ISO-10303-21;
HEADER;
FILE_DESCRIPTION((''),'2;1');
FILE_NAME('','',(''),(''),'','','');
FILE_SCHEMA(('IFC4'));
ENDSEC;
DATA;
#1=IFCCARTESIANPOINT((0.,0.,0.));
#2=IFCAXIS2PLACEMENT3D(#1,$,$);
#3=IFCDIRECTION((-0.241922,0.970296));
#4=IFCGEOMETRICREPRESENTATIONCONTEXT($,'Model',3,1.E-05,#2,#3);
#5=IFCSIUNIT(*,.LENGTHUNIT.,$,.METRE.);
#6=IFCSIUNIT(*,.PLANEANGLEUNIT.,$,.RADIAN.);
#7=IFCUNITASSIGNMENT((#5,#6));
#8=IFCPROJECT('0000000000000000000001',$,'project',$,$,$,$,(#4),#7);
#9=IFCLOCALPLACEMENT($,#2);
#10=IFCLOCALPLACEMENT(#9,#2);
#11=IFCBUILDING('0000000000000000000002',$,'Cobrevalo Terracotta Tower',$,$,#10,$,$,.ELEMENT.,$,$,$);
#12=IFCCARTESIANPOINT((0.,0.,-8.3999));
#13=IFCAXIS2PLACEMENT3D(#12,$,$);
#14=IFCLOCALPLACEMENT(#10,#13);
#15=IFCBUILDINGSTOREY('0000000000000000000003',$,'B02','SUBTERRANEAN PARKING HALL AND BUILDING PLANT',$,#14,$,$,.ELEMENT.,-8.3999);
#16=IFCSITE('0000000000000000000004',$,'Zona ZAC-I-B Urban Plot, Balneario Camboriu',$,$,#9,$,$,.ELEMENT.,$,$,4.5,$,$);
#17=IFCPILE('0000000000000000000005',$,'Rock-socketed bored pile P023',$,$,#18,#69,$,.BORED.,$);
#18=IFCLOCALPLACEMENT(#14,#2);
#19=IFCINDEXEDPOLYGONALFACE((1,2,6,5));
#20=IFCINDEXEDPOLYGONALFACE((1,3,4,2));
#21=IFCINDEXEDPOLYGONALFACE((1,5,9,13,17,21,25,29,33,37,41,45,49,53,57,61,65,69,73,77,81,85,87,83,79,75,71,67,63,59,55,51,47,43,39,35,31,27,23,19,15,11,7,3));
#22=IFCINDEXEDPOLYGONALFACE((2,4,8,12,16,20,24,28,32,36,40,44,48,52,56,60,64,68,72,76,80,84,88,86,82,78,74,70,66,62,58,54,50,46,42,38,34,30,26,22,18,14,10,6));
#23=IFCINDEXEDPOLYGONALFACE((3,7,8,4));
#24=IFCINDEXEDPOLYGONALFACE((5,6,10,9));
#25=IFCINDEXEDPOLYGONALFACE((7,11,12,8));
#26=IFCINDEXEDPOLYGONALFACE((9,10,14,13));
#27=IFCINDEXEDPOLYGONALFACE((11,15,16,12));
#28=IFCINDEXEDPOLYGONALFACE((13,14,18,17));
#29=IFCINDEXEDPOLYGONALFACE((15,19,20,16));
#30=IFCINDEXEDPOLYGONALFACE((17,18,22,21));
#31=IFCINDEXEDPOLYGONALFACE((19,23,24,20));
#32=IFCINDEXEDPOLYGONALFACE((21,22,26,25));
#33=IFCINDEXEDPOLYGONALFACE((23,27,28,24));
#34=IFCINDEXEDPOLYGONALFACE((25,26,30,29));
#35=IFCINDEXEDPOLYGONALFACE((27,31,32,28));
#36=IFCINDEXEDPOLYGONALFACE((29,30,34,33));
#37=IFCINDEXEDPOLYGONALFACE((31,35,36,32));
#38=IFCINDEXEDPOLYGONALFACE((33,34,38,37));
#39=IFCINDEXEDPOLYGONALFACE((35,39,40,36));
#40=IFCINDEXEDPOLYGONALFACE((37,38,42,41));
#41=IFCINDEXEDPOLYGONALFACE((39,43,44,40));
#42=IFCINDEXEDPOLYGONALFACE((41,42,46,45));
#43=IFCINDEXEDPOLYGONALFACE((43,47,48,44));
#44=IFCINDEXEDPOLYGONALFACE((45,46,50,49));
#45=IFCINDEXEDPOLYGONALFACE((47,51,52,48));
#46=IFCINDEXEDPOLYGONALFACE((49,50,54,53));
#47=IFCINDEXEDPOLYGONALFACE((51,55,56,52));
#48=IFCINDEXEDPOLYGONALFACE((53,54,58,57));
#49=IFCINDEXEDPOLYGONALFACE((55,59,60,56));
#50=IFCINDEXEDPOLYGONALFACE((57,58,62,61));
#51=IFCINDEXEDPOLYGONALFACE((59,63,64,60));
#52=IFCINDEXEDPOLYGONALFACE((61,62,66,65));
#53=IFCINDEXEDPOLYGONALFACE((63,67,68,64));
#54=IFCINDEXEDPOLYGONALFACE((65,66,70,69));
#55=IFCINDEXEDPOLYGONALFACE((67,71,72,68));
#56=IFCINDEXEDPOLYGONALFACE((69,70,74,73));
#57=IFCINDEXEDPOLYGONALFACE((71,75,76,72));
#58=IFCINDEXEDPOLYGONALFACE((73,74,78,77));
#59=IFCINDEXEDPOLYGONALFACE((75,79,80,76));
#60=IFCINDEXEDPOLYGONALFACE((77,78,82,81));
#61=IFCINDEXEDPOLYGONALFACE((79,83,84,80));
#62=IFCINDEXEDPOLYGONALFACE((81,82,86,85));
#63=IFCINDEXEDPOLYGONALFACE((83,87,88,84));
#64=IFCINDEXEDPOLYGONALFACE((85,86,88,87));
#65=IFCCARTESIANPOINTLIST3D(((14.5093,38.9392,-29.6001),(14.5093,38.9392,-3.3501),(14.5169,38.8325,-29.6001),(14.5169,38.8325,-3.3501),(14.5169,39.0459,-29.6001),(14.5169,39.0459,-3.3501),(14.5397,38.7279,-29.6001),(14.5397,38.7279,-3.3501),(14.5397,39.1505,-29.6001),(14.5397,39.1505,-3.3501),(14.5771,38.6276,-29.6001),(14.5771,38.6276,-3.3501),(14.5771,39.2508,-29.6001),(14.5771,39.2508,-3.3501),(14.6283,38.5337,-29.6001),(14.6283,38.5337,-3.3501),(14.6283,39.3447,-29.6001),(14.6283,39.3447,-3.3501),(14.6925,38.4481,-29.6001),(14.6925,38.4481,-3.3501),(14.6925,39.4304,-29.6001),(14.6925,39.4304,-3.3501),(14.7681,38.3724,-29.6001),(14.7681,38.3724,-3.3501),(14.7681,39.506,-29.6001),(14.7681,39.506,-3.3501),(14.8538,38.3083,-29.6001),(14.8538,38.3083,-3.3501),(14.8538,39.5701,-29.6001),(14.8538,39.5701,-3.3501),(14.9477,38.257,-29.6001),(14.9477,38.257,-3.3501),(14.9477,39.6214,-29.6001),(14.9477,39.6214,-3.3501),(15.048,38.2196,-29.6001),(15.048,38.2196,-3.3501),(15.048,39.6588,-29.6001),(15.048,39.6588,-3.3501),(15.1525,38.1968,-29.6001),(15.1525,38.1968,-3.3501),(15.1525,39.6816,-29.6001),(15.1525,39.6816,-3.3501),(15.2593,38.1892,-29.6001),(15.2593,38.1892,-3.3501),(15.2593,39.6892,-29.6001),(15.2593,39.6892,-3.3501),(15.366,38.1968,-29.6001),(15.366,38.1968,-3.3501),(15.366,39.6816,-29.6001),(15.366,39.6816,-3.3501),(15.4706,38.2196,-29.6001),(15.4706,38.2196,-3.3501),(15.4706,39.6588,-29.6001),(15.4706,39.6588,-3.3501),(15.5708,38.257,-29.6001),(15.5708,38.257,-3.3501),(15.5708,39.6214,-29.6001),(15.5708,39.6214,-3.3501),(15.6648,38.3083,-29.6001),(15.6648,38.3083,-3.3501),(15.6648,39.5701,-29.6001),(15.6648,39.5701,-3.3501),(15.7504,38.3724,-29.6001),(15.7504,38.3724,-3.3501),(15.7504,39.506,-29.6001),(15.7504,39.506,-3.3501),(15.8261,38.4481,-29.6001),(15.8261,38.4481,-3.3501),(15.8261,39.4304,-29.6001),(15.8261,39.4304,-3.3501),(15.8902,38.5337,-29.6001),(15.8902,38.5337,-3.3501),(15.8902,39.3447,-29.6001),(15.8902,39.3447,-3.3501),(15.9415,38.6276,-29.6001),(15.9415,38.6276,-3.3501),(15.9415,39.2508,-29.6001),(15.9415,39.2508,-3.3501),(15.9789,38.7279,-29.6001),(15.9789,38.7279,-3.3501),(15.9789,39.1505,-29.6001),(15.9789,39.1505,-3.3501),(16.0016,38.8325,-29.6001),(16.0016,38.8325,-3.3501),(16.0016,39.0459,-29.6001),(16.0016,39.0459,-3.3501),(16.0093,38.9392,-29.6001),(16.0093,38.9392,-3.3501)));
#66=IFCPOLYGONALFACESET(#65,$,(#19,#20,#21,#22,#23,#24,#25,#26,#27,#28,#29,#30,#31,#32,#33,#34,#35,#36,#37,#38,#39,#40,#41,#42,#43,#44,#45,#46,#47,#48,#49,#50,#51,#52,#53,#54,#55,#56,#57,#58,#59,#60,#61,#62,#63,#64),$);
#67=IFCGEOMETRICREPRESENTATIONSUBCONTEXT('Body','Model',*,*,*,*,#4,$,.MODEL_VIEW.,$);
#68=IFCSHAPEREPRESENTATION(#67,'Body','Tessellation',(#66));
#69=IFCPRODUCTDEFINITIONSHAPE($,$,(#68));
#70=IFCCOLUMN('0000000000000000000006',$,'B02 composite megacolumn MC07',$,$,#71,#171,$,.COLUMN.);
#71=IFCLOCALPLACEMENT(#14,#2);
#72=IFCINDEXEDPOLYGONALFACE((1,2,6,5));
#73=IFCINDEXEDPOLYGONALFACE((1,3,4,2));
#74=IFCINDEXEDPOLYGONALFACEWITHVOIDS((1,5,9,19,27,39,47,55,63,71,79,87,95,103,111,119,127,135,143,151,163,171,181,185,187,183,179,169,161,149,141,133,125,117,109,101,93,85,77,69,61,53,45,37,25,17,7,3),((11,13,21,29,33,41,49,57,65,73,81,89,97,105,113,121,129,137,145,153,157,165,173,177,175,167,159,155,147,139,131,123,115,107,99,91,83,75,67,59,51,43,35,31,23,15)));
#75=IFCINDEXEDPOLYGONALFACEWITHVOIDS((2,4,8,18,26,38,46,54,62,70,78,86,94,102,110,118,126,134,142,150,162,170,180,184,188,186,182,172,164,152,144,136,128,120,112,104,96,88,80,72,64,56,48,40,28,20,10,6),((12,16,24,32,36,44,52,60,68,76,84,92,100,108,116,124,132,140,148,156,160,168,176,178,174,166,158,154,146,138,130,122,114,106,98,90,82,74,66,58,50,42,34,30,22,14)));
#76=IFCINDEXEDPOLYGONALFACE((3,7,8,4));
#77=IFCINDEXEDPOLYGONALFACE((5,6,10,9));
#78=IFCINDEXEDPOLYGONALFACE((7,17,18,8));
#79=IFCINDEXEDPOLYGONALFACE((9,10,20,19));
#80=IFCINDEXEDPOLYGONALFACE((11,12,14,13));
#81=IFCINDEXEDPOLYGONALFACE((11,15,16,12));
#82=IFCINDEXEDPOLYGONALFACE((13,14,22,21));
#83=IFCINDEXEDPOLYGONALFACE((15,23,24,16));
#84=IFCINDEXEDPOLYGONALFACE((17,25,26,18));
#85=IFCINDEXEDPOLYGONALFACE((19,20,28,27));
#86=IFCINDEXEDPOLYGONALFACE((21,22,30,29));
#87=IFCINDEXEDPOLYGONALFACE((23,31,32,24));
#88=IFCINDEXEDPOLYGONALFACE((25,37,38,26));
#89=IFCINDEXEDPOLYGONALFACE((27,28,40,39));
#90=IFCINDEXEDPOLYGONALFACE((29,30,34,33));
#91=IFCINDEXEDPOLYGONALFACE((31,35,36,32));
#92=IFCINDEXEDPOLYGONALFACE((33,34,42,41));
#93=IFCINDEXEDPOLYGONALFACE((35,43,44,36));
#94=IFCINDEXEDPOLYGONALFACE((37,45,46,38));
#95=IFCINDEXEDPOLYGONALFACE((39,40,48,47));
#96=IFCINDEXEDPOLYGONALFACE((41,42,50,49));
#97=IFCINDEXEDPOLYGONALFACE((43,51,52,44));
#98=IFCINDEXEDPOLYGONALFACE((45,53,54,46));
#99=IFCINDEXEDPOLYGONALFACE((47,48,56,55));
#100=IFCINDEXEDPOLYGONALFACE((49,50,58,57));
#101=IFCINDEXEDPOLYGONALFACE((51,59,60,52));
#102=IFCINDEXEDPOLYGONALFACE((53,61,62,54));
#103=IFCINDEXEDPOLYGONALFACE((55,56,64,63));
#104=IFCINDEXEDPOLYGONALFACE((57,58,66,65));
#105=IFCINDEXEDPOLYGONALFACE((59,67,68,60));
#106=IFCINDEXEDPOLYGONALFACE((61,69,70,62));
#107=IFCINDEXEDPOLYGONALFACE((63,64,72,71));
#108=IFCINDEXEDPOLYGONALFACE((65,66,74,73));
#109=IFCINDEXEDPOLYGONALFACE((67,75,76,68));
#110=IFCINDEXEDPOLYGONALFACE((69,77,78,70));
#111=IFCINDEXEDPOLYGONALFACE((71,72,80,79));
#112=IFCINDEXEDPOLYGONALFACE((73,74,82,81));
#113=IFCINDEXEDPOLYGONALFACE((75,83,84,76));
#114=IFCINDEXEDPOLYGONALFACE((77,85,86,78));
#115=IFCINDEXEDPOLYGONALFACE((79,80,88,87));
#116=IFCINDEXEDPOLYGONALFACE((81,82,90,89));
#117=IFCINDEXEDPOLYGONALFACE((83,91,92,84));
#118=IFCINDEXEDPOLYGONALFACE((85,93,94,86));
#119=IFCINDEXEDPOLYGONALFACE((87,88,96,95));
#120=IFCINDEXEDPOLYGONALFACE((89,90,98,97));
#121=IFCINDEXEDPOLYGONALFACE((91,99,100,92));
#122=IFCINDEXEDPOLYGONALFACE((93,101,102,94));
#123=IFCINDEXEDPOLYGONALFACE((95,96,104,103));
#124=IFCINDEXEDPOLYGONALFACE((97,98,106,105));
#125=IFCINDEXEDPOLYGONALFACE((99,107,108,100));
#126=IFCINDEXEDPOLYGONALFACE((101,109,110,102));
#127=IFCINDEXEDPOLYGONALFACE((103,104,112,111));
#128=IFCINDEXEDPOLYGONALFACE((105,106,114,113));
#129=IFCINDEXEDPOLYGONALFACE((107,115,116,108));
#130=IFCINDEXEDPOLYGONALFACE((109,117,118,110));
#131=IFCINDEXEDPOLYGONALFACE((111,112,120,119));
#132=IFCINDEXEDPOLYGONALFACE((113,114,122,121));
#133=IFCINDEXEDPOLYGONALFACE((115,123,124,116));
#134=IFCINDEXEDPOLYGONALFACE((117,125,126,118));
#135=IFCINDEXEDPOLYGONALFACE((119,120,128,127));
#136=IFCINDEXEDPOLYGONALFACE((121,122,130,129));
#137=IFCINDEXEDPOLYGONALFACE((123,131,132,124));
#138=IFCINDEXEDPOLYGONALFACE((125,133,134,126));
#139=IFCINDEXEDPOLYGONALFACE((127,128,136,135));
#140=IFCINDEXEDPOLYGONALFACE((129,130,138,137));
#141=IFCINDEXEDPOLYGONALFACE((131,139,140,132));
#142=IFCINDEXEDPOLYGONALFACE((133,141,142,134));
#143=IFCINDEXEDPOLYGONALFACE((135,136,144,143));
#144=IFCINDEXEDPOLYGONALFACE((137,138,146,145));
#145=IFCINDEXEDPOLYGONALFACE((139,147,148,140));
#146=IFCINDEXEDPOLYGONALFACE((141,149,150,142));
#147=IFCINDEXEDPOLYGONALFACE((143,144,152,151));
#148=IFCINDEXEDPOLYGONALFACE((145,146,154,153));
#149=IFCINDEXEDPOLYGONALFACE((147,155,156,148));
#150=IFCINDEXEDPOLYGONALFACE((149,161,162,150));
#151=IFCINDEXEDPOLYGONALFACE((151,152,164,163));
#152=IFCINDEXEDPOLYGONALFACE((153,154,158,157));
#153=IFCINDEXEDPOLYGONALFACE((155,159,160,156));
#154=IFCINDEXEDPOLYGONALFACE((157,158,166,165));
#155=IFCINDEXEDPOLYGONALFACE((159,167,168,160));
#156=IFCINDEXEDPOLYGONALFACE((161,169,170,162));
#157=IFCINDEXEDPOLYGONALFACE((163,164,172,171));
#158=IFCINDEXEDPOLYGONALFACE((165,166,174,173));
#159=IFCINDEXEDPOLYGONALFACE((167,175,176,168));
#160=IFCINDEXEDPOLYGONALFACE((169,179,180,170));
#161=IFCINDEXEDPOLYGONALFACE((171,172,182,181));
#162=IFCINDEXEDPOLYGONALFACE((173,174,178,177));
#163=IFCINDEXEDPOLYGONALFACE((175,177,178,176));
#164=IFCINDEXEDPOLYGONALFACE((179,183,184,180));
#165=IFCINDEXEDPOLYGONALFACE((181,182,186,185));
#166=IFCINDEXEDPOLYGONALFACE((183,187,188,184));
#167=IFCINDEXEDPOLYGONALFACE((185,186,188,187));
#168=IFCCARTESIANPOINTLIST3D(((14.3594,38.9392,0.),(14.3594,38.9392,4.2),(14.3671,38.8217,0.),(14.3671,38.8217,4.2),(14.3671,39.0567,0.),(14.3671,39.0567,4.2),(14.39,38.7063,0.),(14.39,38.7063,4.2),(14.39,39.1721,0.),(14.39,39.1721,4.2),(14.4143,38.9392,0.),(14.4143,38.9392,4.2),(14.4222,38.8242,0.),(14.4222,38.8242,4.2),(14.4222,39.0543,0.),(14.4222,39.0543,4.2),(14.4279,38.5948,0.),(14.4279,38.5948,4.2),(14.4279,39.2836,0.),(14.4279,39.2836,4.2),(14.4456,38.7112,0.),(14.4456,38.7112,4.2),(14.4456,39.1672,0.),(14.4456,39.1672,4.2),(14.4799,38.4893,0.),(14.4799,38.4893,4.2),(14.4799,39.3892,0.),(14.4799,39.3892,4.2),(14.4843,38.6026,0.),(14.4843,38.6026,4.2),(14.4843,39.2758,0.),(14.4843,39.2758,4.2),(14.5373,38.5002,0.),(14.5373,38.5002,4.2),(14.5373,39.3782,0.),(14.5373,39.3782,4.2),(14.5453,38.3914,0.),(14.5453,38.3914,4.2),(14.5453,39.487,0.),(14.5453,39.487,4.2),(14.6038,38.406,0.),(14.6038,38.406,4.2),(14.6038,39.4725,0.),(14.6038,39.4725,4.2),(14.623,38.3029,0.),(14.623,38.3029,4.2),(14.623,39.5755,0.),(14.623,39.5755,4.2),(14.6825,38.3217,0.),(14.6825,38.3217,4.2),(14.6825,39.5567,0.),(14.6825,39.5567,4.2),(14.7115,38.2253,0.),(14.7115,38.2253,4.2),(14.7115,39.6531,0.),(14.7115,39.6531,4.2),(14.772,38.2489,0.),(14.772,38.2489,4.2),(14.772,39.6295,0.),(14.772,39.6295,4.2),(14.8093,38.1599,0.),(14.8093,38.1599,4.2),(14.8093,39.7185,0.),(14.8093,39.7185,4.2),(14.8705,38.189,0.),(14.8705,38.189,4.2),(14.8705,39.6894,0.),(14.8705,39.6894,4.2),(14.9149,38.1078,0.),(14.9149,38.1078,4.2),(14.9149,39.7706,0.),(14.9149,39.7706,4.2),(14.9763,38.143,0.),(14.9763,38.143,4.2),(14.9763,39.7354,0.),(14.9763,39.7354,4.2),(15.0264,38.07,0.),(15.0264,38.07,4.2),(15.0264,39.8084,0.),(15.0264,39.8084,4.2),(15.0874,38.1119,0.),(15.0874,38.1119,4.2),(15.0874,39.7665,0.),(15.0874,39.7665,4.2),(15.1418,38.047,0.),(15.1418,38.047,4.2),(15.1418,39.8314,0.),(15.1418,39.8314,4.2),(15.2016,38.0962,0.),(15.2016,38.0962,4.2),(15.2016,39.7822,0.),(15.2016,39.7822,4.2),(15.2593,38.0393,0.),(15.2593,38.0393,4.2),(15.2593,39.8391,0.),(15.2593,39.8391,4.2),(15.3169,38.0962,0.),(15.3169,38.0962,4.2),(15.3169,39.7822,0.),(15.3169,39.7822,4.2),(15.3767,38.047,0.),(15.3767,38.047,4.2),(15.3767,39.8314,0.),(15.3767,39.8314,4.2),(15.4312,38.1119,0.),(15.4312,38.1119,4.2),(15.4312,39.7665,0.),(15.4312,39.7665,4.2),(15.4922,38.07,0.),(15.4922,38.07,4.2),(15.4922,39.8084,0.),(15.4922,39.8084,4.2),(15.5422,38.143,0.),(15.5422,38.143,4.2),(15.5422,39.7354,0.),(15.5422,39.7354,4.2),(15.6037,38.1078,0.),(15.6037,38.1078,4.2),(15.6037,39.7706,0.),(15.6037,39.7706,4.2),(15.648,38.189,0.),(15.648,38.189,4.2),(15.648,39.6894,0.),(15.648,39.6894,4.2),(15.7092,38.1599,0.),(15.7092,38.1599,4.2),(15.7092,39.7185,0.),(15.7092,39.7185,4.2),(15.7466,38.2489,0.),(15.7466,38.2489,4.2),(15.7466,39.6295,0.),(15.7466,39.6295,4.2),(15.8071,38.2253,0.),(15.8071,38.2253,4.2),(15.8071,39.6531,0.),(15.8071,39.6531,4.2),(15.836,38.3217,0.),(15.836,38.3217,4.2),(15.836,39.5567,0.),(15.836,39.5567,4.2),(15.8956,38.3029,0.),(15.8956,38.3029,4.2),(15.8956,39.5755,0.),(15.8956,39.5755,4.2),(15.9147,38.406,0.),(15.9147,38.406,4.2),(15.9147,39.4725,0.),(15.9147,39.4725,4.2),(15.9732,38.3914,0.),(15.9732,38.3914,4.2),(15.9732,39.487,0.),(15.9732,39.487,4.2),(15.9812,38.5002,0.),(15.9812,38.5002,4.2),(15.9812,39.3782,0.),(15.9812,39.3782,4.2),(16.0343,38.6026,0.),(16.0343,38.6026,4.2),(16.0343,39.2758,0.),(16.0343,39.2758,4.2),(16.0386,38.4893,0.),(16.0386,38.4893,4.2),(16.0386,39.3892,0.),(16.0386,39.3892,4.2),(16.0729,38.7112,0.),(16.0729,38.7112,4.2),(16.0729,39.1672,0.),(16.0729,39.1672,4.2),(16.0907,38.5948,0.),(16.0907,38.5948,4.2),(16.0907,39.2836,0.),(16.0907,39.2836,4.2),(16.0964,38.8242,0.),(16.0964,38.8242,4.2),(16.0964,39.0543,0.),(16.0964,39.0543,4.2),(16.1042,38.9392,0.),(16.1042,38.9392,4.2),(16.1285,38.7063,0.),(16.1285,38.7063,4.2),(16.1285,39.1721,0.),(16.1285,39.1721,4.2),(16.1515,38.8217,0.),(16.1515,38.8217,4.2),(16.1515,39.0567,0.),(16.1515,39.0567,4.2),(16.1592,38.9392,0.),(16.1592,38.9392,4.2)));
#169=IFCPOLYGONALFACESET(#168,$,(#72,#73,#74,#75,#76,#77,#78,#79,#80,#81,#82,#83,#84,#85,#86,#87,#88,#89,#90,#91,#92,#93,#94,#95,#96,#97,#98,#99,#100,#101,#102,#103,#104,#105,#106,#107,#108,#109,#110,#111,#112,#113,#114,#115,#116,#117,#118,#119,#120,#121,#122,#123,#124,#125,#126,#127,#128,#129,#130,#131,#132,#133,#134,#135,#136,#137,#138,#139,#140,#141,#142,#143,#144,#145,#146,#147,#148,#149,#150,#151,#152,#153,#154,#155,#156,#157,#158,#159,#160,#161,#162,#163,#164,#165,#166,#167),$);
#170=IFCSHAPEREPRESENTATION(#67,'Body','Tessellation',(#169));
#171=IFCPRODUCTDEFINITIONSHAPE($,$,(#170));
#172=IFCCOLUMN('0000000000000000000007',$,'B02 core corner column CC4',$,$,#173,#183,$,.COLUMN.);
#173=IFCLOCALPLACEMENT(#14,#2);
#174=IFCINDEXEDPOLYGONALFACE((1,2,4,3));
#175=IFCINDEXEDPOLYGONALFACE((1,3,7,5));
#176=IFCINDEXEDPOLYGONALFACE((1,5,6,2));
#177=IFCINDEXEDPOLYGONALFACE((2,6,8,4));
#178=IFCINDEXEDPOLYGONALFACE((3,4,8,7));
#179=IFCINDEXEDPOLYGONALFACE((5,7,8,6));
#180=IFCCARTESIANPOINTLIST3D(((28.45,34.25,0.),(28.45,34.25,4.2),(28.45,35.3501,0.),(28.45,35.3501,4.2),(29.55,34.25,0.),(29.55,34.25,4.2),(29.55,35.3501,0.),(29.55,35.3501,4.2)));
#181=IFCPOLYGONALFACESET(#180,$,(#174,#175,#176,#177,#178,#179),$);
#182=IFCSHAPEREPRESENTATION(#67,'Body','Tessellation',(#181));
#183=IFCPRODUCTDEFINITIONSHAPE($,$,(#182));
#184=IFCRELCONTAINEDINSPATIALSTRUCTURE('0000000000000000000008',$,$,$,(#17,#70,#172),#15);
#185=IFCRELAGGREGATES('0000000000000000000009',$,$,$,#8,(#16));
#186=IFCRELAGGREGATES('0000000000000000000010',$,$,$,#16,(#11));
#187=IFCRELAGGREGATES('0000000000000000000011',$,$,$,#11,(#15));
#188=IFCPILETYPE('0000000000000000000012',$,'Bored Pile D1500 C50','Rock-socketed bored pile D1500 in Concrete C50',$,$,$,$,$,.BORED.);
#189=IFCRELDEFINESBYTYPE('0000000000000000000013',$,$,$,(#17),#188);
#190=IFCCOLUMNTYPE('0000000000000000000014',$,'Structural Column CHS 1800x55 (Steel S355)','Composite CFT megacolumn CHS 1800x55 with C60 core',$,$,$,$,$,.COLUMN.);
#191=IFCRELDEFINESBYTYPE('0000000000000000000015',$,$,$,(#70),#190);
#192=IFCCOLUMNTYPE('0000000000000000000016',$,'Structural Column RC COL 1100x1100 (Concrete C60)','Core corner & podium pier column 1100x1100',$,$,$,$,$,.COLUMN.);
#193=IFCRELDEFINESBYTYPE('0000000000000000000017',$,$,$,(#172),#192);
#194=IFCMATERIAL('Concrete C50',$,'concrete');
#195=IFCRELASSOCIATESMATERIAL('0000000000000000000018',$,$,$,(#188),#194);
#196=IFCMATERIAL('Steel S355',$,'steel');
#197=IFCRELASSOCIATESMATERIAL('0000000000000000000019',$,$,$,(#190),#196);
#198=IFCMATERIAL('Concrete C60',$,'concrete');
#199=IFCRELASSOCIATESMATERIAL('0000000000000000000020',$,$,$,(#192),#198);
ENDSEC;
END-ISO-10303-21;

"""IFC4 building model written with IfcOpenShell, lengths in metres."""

from ifc_helpers import new_model, si_unit, direction, frame, origin, origin_2d, place, context, subcontext, project, spatial, rectangle, circle, hollow_circle, extrude, material, material_profile, profile_set, type_object, element, save


model = new_model("IFC4")

# Units and contexts
model_context = context("Model", 3, precision=1e-05, world=origin(), true_north=direction((-0.241922, 0.970296)))
body_context = subcontext(model_context, "Body", "Model", "MODEL_VIEW")
ifc_project = project(units=[si_unit("LENGTHUNIT", "METRE"), si_unit("PLANEANGLEUNIT", "RADIAN")], contexts=[model_context])

# Site, building, storey
site_placement = place(None, origin())
site = spatial("IfcSite", under=ifc_project, at=site_placement, Name="Zona ZAC-I-B Urban Plot, Balneario Camboriu", CompositionType="ELEMENT", RefElevation=4.5)
building_placement = place(site_placement, origin())
building = spatial("IfcBuilding", under=site, at=building_placement, Name="Cobrevalo Terracotta Tower", CompositionType="ELEMENT")
storey_placement = place(building_placement, frame((0.0, 0.0, -8.3999)))
storey = spatial("IfcBuildingStorey", under=building, at=storey_placement, Name="B02", Description="SUBTERRANEAN PARKING HALL AND BUILDING PLANT", CompositionType="ELEMENT", Elevation=-8.3999)

# Pile
ifc_material_1 = material(Name="Concrete C50", Category="concrete")
ifc_material_profile_1 = material_profile(ifc_material_1, circle(Radius=0.75, at=origin_2d()), Name="PILE D1500")
ifc_profile_set_1 = profile_set([ifc_material_profile_1], Name="Concrete C50")
pile_type = type_object("IfcPileType", Name="Bored Pile D1500 C50", Description="Rock-socketed bored pile D1500 in Concrete C50", PredefinedType="BORED", material=ifc_profile_set_1)
for number, where, z_axis, x_axis, name in (
    (1, (15.2593, 38.9392, -3.3501), (0.0, 0.0, -1.0), (1.0, 0.0, 0.0), "Rock-socketed bored pile P023"),
):
    element("IfcPile", number, at=place(storey_placement, frame(where, z_axis=z_axis, x_axis=x_axis)), inside=storey, type_object=pile_type, Name=name, PredefinedType="BORED", context=body_context, shape_type="SweptSolid", body=[
        extrude(circle(Radius=0.75, at=origin_2d()), origin(), (0.0, 0.0, 1.0), 26.25),
    ])

# Columns
ifc_material_2 = material(Name="Steel S355", Category="steel")
ifc_material_profile_2 = material_profile(ifc_material_2, hollow_circle(Radius=0.8999, WallThickness=0.0549, at=origin_2d()), Name="CHS 1800x55")
ifc_profile_set_2 = profile_set([ifc_material_profile_2], Name="Steel S355")
column_type_1 = type_object("IfcColumnType", Name="Structural Column CHS 1800x55 (Steel S355)", Description="Composite CFT megacolumn CHS 1800x55 with C60 core", PredefinedType="COLUMN", material=ifc_profile_set_2)
column_1_placement = place(storey_placement, frame((15.2593, 38.9392, 0.0), z_axis=(0.0, 0.0, 1.0), x_axis=(1.0, 0.0, 0.0)))
element("IfcColumn", 2, at=column_1_placement, inside=storey, type_object=column_type_1, Name="B02 composite megacolumn MC07", PredefinedType="COLUMN", context=body_context, shape_type="SweptSolid", body=[
    extrude(hollow_circle(Radius=0.8999, WallThickness=0.0549, at=origin_2d()), origin(), (0.0, 0.0, 1.0), 4.2),
])
ifc_material_3 = material(Name="Concrete C60", Category="concrete")
ifc_material_profile_3 = material_profile(ifc_material_3, rectangle(XDim=1.1001, YDim=1.1001, at=origin_2d()), Name="RC COL 1100x1100")
ifc_profile_set_3 = profile_set([ifc_material_profile_3], Name="Concrete C60")
column_type_2 = type_object("IfcColumnType", Name="Structural Column RC COL 1100x1100 (Concrete C60)", Description="Core corner & podium pier column 1100x1100", PredefinedType="COLUMN", material=ifc_profile_set_3)
column_2_placement = place(storey_placement, frame((29.0, 34.8, 0.0), z_axis=(0.0, 0.0, 1.0), x_axis=(1.0, 0.0, 0.0)))
element("IfcColumn", 3, at=column_2_placement, inside=storey, type_object=column_type_2, Name="B02 core corner column CC4", PredefinedType="COLUMN", context=body_context, shape_type="SweptSolid", body=[
    extrude(rectangle(XDim=1.1001, YDim=1.1001, at=origin_2d()), origin(), (0.0, 0.0, 1.0), 4.2),
])

save(model, "model.ifc")
